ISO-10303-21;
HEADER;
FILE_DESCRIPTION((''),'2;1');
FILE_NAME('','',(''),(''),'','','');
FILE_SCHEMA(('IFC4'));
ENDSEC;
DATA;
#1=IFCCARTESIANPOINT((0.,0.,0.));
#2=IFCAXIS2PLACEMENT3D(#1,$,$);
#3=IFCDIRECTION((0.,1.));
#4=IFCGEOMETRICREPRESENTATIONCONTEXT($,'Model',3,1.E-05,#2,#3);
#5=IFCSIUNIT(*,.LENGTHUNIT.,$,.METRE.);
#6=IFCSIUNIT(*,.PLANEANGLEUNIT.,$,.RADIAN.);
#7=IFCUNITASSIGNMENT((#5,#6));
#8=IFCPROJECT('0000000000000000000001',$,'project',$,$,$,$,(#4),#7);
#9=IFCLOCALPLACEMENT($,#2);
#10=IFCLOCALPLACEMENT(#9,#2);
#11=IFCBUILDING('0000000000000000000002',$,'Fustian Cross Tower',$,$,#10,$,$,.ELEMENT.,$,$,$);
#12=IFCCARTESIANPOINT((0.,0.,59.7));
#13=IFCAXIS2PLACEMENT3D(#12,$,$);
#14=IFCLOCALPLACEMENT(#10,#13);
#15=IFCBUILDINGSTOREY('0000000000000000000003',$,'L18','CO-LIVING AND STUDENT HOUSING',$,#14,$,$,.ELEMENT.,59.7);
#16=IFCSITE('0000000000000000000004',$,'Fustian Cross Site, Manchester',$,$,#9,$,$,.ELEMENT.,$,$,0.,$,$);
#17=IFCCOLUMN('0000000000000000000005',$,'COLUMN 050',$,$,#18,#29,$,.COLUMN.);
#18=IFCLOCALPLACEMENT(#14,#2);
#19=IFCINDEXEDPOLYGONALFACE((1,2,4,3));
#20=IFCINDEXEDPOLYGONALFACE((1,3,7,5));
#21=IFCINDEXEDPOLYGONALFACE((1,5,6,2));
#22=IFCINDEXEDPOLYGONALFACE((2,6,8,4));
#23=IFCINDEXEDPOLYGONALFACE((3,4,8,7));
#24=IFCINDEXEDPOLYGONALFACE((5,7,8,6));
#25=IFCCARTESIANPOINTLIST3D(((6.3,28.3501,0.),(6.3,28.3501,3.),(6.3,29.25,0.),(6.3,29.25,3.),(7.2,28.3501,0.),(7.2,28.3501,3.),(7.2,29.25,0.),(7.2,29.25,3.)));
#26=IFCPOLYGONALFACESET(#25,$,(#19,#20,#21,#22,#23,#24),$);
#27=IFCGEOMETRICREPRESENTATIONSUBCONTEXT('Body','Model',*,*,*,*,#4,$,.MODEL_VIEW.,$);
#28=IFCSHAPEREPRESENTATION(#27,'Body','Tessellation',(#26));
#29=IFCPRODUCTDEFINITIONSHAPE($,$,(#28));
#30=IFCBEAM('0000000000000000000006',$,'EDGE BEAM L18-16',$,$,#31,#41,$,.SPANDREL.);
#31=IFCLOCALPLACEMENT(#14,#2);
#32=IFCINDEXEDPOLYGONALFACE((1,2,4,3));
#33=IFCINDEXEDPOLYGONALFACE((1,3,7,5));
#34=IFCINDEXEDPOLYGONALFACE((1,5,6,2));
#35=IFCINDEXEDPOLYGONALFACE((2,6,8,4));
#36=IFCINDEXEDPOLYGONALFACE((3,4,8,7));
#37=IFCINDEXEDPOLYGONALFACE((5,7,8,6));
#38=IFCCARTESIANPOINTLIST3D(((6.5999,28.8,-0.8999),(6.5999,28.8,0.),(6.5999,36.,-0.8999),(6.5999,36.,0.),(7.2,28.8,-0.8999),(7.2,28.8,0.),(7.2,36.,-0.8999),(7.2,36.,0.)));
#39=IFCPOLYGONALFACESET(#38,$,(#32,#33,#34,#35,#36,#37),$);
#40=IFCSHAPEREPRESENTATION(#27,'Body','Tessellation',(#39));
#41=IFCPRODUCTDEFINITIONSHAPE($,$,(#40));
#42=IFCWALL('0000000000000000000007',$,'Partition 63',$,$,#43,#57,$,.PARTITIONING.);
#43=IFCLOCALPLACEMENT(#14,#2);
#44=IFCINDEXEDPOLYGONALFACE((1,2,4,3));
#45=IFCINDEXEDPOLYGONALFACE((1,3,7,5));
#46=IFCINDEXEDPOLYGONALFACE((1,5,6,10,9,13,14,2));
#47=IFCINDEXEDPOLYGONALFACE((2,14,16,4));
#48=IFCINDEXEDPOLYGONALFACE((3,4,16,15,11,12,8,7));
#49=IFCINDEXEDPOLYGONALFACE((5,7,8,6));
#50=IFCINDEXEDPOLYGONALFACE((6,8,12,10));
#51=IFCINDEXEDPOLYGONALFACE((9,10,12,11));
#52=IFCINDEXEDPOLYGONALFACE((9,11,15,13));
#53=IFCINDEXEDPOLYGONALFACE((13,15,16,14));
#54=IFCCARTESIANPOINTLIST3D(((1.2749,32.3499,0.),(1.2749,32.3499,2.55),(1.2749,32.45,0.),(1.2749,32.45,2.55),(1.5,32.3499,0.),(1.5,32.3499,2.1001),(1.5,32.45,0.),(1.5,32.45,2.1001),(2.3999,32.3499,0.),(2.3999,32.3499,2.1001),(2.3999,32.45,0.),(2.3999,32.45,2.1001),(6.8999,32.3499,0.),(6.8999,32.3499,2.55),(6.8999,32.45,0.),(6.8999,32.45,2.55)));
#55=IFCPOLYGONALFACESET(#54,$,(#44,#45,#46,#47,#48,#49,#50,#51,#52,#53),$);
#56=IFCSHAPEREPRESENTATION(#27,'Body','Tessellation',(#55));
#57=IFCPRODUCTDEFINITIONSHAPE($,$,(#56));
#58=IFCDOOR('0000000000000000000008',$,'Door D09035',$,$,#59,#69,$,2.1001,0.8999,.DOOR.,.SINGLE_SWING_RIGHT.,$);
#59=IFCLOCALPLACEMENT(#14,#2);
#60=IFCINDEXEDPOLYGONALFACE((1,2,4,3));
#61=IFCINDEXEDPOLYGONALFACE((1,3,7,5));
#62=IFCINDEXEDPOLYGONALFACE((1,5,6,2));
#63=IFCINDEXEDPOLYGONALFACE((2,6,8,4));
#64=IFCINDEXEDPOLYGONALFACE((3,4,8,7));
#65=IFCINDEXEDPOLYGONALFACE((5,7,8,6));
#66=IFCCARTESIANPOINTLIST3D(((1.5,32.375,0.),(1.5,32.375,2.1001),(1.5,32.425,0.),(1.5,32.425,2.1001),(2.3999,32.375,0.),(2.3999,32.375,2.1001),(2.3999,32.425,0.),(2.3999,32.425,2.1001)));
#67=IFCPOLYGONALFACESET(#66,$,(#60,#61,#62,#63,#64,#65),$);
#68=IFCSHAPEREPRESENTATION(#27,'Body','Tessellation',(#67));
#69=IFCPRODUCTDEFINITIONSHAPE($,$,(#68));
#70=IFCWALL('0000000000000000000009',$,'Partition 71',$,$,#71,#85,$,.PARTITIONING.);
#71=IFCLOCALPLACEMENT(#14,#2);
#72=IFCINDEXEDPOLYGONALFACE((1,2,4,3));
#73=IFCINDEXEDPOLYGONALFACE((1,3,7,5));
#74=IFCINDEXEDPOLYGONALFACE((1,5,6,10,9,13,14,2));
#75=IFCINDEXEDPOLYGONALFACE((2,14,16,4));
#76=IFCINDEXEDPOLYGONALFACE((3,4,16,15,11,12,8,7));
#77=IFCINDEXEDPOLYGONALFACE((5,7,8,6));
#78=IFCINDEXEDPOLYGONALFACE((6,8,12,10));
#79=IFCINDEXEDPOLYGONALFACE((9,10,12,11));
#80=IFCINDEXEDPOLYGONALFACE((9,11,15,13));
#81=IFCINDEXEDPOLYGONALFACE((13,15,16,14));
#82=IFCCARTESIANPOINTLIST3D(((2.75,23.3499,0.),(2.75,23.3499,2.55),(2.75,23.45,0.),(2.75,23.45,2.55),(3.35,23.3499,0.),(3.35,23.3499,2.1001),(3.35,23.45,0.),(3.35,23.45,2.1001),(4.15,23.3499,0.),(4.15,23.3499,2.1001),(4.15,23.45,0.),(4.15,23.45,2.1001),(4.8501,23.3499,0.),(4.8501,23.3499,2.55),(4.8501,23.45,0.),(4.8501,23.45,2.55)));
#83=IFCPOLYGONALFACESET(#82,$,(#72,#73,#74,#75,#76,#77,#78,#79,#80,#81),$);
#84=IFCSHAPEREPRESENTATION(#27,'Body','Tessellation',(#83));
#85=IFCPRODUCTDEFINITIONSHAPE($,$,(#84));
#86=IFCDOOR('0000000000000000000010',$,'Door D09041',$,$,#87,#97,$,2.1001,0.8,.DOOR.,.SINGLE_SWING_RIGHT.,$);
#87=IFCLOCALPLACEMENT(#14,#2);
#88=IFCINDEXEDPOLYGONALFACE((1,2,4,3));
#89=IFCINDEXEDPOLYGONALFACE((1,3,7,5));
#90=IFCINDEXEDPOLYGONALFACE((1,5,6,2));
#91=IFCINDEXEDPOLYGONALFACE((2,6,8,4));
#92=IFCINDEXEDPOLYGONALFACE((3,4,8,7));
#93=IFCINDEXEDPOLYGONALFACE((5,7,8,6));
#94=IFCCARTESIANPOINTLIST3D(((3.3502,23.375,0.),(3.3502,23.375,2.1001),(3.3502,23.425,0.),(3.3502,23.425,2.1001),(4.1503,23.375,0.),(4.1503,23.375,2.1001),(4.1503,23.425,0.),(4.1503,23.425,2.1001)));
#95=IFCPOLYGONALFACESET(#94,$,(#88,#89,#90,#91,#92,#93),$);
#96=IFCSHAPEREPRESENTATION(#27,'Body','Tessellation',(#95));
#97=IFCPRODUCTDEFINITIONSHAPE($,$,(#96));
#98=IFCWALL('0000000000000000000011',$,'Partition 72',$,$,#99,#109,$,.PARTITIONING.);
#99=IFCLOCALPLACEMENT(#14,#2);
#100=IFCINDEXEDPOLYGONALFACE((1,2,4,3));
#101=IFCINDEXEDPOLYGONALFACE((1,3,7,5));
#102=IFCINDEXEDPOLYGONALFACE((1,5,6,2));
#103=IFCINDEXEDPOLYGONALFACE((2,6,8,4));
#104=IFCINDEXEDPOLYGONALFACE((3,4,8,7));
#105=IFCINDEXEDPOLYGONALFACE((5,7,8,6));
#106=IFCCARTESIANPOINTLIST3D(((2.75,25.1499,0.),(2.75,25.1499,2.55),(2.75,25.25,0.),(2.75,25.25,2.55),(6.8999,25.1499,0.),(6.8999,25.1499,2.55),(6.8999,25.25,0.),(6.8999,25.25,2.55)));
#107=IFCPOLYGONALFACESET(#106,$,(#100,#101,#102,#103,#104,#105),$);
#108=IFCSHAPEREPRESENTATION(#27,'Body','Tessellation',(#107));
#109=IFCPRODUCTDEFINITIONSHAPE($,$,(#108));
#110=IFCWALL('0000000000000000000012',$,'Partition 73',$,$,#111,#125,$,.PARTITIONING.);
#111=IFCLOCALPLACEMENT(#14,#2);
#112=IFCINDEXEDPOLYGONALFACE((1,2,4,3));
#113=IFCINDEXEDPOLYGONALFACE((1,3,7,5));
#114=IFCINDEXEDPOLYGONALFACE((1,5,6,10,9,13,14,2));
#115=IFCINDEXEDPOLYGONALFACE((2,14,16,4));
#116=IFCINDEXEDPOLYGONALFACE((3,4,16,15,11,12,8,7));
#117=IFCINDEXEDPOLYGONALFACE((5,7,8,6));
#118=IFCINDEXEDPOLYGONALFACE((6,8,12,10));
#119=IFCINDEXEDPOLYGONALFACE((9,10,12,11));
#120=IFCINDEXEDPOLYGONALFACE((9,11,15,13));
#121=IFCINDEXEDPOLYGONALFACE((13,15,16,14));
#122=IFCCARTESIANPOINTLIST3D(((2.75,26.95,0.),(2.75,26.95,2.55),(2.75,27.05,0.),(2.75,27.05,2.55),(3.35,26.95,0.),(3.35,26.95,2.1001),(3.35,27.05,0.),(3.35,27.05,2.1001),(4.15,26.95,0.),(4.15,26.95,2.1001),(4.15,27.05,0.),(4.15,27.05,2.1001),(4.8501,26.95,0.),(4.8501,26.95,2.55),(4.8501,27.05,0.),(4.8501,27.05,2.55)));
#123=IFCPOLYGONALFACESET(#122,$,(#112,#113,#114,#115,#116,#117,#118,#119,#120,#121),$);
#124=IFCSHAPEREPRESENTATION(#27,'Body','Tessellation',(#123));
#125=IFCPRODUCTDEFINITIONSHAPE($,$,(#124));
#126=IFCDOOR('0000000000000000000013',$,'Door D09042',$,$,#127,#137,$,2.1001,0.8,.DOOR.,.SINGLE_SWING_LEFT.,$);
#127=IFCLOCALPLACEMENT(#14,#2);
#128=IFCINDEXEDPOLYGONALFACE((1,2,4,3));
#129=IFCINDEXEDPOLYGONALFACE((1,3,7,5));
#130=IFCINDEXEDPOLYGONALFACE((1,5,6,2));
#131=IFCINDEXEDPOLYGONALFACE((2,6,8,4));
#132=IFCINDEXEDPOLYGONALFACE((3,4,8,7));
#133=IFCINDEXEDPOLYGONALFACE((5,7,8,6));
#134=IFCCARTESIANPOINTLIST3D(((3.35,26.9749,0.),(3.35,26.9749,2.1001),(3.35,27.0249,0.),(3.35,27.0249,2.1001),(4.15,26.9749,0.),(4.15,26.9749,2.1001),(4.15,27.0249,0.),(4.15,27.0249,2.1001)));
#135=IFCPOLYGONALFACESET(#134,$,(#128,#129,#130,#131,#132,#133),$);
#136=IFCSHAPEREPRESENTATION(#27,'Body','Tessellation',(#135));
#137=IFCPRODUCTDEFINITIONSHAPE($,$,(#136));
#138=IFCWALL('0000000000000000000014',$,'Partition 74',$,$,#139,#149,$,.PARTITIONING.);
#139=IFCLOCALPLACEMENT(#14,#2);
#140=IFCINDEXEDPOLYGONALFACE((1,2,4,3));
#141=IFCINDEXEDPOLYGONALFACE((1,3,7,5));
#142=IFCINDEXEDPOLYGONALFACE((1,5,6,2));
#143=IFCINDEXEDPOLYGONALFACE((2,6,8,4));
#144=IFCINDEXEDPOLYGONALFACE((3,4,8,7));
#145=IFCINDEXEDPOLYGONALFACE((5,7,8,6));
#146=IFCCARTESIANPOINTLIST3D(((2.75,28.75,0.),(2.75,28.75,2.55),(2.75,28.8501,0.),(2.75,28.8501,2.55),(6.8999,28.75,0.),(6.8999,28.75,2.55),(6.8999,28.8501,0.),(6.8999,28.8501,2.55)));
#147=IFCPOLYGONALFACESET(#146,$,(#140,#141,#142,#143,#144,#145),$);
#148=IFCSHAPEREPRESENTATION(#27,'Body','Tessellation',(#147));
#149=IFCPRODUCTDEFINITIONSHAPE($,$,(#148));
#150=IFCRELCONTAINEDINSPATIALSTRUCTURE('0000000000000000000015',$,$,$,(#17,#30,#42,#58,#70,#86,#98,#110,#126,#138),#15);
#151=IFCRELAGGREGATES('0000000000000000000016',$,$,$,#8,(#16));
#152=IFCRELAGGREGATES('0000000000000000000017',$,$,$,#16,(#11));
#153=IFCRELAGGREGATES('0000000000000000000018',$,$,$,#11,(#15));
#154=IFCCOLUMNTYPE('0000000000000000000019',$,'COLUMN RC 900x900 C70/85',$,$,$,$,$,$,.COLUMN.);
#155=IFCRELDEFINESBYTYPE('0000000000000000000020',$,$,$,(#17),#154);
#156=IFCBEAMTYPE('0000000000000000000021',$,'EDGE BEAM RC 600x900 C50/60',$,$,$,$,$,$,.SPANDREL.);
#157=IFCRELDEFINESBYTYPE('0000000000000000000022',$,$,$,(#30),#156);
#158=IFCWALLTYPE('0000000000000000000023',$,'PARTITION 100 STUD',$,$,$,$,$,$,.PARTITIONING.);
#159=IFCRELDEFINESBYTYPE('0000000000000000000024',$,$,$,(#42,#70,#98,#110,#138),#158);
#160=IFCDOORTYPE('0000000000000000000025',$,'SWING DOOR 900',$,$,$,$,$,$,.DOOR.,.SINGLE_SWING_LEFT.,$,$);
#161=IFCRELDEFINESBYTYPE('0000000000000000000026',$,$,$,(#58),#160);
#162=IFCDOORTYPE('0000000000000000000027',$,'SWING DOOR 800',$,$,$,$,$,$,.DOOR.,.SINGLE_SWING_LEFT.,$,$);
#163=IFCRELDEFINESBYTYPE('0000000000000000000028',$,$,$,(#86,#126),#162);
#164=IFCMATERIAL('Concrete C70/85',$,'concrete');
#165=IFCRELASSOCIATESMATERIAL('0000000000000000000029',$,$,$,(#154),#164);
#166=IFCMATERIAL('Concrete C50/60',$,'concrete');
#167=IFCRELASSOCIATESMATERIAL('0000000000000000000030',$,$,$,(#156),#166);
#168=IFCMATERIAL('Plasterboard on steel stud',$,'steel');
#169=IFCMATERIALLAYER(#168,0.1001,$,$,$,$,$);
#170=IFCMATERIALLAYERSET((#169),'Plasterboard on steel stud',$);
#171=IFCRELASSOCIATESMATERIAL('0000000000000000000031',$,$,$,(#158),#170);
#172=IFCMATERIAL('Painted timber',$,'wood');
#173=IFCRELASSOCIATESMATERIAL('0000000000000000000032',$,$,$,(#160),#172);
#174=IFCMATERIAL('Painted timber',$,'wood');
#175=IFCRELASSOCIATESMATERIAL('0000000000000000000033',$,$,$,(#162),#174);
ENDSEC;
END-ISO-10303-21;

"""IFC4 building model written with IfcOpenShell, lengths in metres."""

from ifc_helpers import new_model, si_unit, direction, frame, frame_2d, origin, origin_2d, place, context, subcontext, project, spatial, rectangle, extrude, material, layer, layer_set, material_profile, profile_set, type_object, element, fill, save


model = new_model("IFC4")

# Units and contexts
model_context = context("Model", 3, precision=1e-05, world=origin(), true_north=direction((0.0, 1.0)))
body_context = subcontext(model_context, "Body", "Model", "MODEL_VIEW")
ifc_project = project(units=[si_unit("LENGTHUNIT", "METRE"), si_unit("PLANEANGLEUNIT", "RADIAN")], contexts=[model_context])

# Site, building, storey
site_placement = place(None, origin())
site = spatial("IfcSite", under=ifc_project, at=site_placement, Name="Fustian Cross Site, Manchester", CompositionType="ELEMENT", RefElevation=0.0)
building_placement = place(site_placement, origin())
building = spatial("IfcBuilding", under=site, at=building_placement, Name="Fustian Cross Tower", CompositionType="ELEMENT")
storey_placement = place(building_placement, frame((0.0, 0.0, 59.7)))
storey = spatial("IfcBuildingStorey", under=building, at=storey_placement, Name="L18", Description="CO-LIVING AND STUDENT HOUSING", CompositionType="ELEMENT", Elevation=59.7)

# Column
ifc_material_1 = material(Name="Concrete C70/85", Category="concrete")
ifc_material_profile_1 = material_profile(ifc_material_1, rectangle(XDim=0.8999, YDim=0.8999, at=origin_2d()), Name="RC 900x900")
ifc_profile_set_1 = profile_set([ifc_material_profile_1], Name="Concrete C70/85")
column_type = type_object("IfcColumnType", Name="COLUMN RC 900x900 C70/85", PredefinedType="COLUMN", material=ifc_profile_set_1)
column_placement = place(storey_placement, frame((6.75, 28.8, 0.0), z_axis=(0.0, 0.0, 1.0), x_axis=(1.0, 0.0, 0.0)))
element("IfcColumn", 1, at=column_placement, inside=storey, type_object=column_type, Name="COLUMN 050", PredefinedType="COLUMN", context=body_context, shape_type="SweptSolid", body=[
    extrude(rectangle(XDim=0.8999, YDim=0.8999, at=origin_2d()), origin(), (0.0, 0.0, 1.0), 3.0),
])

# Beam
ifc_material_2 = material(Name="Concrete C50/60", Category="concrete")
ifc_material_profile_2 = material_profile(ifc_material_2, rectangle(XDim=0.6001, YDim=0.8999, at=origin_2d()), Name="RC 600x900")
ifc_profile_set_2 = profile_set([ifc_material_profile_2], Name="Concrete C50/60")
beam_type = type_object("IfcBeamType", Name="EDGE BEAM RC 600x900 C50/60", PredefinedType="SPANDREL", material=ifc_profile_set_2)
beam_placement = place(storey_placement, frame((6.8999, 28.8, -0.45), z_axis=(0.0, 1.0, 0.0), x_axis=(-1.0, 0.0, 0.0)))
element("IfcBeam", 2, at=beam_placement, inside=storey, type_object=beam_type, Name="EDGE BEAM L18-16", PredefinedType="SPANDREL", context=body_context, shape_type="SweptSolid", body=[
    extrude(rectangle(XDim=0.6001, YDim=0.8999, at=origin_2d()), origin(), (0.0, 0.0, 1.0), 7.2),
])

# Walls, openings, doors
ifc_material_3 = material(Name="Plasterboard on steel stud", Category="steel")
ifc_layer_1 = layer(ifc_material_3, 0.1001)
ifc_layer_set_1 = layer_set([ifc_layer_1], Name="Plasterboard on steel stud")
wall_type_1 = type_object("IfcWallType", Name="PARTITION 100 STUD", PredefinedType="PARTITIONING", material=ifc_layer_set_1)
wall_1_placement = place(storey_placement, frame((1.2749, 32.3999, 0.0), z_axis=(0.0, 0.0, 1.0), x_axis=(1.0, 0.0, 0.0)))
wall_1 = element("IfcWall", 3, at=wall_1_placement, inside=storey, type_object=wall_type_1, Name="Partition 63", PredefinedType="PARTITIONING", context=body_context, shape_type="SweptSolid", body=[
    extrude(rectangle(XDim=5.625, YDim=0.1001, at=frame_2d((2.8125, 0.0))), origin(), (0.0, 0.0, 1.0), 2.55),
])
opening_1_placement = place(wall_1_placement, frame((0.2251, 0.0, 0.0)))
opening_1 = element("IfcOpeningElement", 4, at=opening_1_placement, cuts=wall_1, PredefinedType="OPENING", context=body_context, shape_type="SweptSolid", body=[
    extrude(rectangle(XDim=0.8999, YDim=2.1001, at=frame_2d((0.45, 1.05))), frame((0.0, 0.0601, 0.0), z_axis=(0.0, -1.0, 0.0), x_axis=(1.0, 0.0, 0.0)), (0.0, 0.0, 1.0), 0.1201),
])
ifc_material_4 = material(Name="Painted timber", Category="wood")
door_type_1 = type_object("IfcDoorType", Name="SWING DOOR 900", OperationType="SINGLE_SWING_LEFT", PredefinedType="DOOR", material=ifc_material_4)
door_1_placement = place(opening_1_placement, frame((0.8999, 0.0, 0.0), z_axis=(0.0, 0.0, 1.0), x_axis=(-1.0, 0.0, 0.0)))
door_1 = element("IfcDoor", 5, at=door_1_placement, inside=storey, type_object=door_type_1, Name="Door D09035", OperationType="SINGLE_SWING_RIGHT", OverallHeight=2.1001, OverallWidth=0.8999, PredefinedType="DOOR", context=body_context, shape_type="SweptSolid", body=[
    extrude(rectangle(XDim=0.8999, YDim=2.1001, at=frame_2d((0.45, 1.05))), frame((0.0, 0.0249, 0.0), z_axis=(0.0, -1.0, 0.0), x_axis=(1.0, 0.0, 0.0)), (0.0, 0.0, 1.0), 0.05),
])
fill(opening_1, door_1)
wall_2_placement = place(storey_placement, frame((2.75, 23.3999, 0.0), z_axis=(0.0, 0.0, 1.0), x_axis=(1.0, 0.0, 0.0)))
wall_2 = element("IfcWall", 6, at=wall_2_placement, inside=storey, type_object=wall_type_1, Name="Partition 71", PredefinedType="PARTITIONING", context=body_context, shape_type="SweptSolid", body=[
    extrude(rectangle(XDim=2.1001, YDim=0.1001, at=frame_2d((1.05, 0.0))), origin(), (0.0, 0.0, 1.0), 2.55),
])
opening_2_placement = place(wall_2_placement, frame((0.6001, 0.0, 0.0)))
opening_2 = element("IfcOpeningElement", 7, at=opening_2_placement, cuts=wall_2, PredefinedType="OPENING", context=body_context, shape_type="SweptSolid", body=[
    extrude(rectangle(XDim=0.8, YDim=2.1001, at=frame_2d((0.3999, 1.05))), frame((0.0, 0.0601, 0.0), z_axis=(0.0, -1.0, 0.0), x_axis=(1.0, 0.0, 0.0)), (0.0, 0.0, 1.0), 0.1201),
])
ifc_material_5 = material(Name="Painted timber", Category="wood")
door_type_2 = type_object("IfcDoorType", Name="SWING DOOR 800", OperationType="SINGLE_SWING_LEFT", PredefinedType="DOOR", material=ifc_material_5)
door_2_placement = place(opening_2_placement, frame((0.8, 0.0, 0.0), z_axis=(0.0, 0.0, 1.0), x_axis=(-1.0, 0.0, 0.0)))
door_2 = element("IfcDoor", 8, at=door_2_placement, inside=storey, type_object=door_type_2, Name="Door D09041", OperationType="SINGLE_SWING_RIGHT", OverallHeight=2.1001, OverallWidth=0.8, PredefinedType="DOOR", context=body_context, shape_type="SweptSolid", body=[
    extrude(rectangle(XDim=0.8, YDim=2.1001, at=frame_2d((0.3999, 1.05))), frame((0.0, 0.0249, 0.0), z_axis=(0.0, -1.0, 0.0), x_axis=(1.0, 0.0, 0.0)), (0.0, 0.0, 1.0), 0.05),
])
fill(opening_2, door_2)

# Wall
wall_3_placement = place(storey_placement, frame((2.75, 25.2, 0.0), z_axis=(0.0, 0.0, 1.0), x_axis=(1.0, 0.0, 0.0)))
element("IfcWall", 9, at=wall_3_placement, inside=storey, type_object=wall_type_1, Name="Partition 72", PredefinedType="PARTITIONING", context=body_context, shape_type="SweptSolid", body=[
    extrude(rectangle(XDim=4.1499, YDim=0.1001, at=frame_2d((2.075, 0.0))), origin(), (0.0, 0.0, 1.0), 2.55),
])

# Wall, opening, door
wall_4_placement = place(storey_placement, frame((2.75, 27.0, 0.0), z_axis=(0.0, 0.0, 1.0), x_axis=(1.0, 0.0, 0.0)))
wall_4 = element("IfcWall", 10, at=wall_4_placement, inside=storey, type_object=wall_type_1, Name="Partition 73", PredefinedType="PARTITIONING", context=body_context, shape_type="SweptSolid", body=[
    extrude(rectangle(XDim=2.1001, YDim=0.1001, at=frame_2d((1.05, 0.0))), origin(), (0.0, 0.0, 1.0), 2.55),
])
opening_3_placement = place(wall_4_placement, frame((0.6001, 0.0, 0.0)))
opening_3 = element("IfcOpeningElement", 11, at=opening_3_placement, cuts=wall_4, PredefinedType="OPENING", context=body_context, shape_type="SweptSolid", body=[
    extrude(rectangle(XDim=0.8, YDim=2.1001, at=frame_2d((0.3999, 1.05))), frame((0.0, 0.0601, 0.0), z_axis=(0.0, -1.0, 0.0), x_axis=(1.0, 0.0, 0.0)), (0.0, 0.0, 1.0), 0.1201),
])
door_3_placement = place(opening_3_placement, origin())
door_3 = element("IfcDoor", 12, at=door_3_placement, inside=storey, type_object=door_type_2, Name="Door D09042", OperationType="SINGLE_SWING_LEFT", OverallHeight=2.1001, OverallWidth=0.8, PredefinedType="DOOR", context=body_context, shape_type="SweptSolid", body=[
    extrude(rectangle(XDim=0.8, YDim=2.1001, at=frame_2d((0.3999, 1.05))), frame((0.0, 0.0249, 0.0), z_axis=(0.0, -1.0, 0.0), x_axis=(1.0, 0.0, 0.0)), (0.0, 0.0, 1.0), 0.05),
])
fill(opening_3, door_3)

# Wall
wall_5_placement = place(storey_placement, frame((2.75, 28.8, 0.0), z_axis=(0.0, 0.0, 1.0), x_axis=(1.0, 0.0, 0.0)))
element("IfcWall", 13, at=wall_5_placement, inside=storey, type_object=wall_type_1, Name="Partition 74", PredefinedType="PARTITIONING", context=body_context, shape_type="SweptSolid", body=[
    extrude(rectangle(XDim=4.1499, YDim=0.1001, at=frame_2d((2.075, 0.0))), origin(), (0.0, 0.0, 1.0), 2.55),
])

save(model, "model.ifc")
